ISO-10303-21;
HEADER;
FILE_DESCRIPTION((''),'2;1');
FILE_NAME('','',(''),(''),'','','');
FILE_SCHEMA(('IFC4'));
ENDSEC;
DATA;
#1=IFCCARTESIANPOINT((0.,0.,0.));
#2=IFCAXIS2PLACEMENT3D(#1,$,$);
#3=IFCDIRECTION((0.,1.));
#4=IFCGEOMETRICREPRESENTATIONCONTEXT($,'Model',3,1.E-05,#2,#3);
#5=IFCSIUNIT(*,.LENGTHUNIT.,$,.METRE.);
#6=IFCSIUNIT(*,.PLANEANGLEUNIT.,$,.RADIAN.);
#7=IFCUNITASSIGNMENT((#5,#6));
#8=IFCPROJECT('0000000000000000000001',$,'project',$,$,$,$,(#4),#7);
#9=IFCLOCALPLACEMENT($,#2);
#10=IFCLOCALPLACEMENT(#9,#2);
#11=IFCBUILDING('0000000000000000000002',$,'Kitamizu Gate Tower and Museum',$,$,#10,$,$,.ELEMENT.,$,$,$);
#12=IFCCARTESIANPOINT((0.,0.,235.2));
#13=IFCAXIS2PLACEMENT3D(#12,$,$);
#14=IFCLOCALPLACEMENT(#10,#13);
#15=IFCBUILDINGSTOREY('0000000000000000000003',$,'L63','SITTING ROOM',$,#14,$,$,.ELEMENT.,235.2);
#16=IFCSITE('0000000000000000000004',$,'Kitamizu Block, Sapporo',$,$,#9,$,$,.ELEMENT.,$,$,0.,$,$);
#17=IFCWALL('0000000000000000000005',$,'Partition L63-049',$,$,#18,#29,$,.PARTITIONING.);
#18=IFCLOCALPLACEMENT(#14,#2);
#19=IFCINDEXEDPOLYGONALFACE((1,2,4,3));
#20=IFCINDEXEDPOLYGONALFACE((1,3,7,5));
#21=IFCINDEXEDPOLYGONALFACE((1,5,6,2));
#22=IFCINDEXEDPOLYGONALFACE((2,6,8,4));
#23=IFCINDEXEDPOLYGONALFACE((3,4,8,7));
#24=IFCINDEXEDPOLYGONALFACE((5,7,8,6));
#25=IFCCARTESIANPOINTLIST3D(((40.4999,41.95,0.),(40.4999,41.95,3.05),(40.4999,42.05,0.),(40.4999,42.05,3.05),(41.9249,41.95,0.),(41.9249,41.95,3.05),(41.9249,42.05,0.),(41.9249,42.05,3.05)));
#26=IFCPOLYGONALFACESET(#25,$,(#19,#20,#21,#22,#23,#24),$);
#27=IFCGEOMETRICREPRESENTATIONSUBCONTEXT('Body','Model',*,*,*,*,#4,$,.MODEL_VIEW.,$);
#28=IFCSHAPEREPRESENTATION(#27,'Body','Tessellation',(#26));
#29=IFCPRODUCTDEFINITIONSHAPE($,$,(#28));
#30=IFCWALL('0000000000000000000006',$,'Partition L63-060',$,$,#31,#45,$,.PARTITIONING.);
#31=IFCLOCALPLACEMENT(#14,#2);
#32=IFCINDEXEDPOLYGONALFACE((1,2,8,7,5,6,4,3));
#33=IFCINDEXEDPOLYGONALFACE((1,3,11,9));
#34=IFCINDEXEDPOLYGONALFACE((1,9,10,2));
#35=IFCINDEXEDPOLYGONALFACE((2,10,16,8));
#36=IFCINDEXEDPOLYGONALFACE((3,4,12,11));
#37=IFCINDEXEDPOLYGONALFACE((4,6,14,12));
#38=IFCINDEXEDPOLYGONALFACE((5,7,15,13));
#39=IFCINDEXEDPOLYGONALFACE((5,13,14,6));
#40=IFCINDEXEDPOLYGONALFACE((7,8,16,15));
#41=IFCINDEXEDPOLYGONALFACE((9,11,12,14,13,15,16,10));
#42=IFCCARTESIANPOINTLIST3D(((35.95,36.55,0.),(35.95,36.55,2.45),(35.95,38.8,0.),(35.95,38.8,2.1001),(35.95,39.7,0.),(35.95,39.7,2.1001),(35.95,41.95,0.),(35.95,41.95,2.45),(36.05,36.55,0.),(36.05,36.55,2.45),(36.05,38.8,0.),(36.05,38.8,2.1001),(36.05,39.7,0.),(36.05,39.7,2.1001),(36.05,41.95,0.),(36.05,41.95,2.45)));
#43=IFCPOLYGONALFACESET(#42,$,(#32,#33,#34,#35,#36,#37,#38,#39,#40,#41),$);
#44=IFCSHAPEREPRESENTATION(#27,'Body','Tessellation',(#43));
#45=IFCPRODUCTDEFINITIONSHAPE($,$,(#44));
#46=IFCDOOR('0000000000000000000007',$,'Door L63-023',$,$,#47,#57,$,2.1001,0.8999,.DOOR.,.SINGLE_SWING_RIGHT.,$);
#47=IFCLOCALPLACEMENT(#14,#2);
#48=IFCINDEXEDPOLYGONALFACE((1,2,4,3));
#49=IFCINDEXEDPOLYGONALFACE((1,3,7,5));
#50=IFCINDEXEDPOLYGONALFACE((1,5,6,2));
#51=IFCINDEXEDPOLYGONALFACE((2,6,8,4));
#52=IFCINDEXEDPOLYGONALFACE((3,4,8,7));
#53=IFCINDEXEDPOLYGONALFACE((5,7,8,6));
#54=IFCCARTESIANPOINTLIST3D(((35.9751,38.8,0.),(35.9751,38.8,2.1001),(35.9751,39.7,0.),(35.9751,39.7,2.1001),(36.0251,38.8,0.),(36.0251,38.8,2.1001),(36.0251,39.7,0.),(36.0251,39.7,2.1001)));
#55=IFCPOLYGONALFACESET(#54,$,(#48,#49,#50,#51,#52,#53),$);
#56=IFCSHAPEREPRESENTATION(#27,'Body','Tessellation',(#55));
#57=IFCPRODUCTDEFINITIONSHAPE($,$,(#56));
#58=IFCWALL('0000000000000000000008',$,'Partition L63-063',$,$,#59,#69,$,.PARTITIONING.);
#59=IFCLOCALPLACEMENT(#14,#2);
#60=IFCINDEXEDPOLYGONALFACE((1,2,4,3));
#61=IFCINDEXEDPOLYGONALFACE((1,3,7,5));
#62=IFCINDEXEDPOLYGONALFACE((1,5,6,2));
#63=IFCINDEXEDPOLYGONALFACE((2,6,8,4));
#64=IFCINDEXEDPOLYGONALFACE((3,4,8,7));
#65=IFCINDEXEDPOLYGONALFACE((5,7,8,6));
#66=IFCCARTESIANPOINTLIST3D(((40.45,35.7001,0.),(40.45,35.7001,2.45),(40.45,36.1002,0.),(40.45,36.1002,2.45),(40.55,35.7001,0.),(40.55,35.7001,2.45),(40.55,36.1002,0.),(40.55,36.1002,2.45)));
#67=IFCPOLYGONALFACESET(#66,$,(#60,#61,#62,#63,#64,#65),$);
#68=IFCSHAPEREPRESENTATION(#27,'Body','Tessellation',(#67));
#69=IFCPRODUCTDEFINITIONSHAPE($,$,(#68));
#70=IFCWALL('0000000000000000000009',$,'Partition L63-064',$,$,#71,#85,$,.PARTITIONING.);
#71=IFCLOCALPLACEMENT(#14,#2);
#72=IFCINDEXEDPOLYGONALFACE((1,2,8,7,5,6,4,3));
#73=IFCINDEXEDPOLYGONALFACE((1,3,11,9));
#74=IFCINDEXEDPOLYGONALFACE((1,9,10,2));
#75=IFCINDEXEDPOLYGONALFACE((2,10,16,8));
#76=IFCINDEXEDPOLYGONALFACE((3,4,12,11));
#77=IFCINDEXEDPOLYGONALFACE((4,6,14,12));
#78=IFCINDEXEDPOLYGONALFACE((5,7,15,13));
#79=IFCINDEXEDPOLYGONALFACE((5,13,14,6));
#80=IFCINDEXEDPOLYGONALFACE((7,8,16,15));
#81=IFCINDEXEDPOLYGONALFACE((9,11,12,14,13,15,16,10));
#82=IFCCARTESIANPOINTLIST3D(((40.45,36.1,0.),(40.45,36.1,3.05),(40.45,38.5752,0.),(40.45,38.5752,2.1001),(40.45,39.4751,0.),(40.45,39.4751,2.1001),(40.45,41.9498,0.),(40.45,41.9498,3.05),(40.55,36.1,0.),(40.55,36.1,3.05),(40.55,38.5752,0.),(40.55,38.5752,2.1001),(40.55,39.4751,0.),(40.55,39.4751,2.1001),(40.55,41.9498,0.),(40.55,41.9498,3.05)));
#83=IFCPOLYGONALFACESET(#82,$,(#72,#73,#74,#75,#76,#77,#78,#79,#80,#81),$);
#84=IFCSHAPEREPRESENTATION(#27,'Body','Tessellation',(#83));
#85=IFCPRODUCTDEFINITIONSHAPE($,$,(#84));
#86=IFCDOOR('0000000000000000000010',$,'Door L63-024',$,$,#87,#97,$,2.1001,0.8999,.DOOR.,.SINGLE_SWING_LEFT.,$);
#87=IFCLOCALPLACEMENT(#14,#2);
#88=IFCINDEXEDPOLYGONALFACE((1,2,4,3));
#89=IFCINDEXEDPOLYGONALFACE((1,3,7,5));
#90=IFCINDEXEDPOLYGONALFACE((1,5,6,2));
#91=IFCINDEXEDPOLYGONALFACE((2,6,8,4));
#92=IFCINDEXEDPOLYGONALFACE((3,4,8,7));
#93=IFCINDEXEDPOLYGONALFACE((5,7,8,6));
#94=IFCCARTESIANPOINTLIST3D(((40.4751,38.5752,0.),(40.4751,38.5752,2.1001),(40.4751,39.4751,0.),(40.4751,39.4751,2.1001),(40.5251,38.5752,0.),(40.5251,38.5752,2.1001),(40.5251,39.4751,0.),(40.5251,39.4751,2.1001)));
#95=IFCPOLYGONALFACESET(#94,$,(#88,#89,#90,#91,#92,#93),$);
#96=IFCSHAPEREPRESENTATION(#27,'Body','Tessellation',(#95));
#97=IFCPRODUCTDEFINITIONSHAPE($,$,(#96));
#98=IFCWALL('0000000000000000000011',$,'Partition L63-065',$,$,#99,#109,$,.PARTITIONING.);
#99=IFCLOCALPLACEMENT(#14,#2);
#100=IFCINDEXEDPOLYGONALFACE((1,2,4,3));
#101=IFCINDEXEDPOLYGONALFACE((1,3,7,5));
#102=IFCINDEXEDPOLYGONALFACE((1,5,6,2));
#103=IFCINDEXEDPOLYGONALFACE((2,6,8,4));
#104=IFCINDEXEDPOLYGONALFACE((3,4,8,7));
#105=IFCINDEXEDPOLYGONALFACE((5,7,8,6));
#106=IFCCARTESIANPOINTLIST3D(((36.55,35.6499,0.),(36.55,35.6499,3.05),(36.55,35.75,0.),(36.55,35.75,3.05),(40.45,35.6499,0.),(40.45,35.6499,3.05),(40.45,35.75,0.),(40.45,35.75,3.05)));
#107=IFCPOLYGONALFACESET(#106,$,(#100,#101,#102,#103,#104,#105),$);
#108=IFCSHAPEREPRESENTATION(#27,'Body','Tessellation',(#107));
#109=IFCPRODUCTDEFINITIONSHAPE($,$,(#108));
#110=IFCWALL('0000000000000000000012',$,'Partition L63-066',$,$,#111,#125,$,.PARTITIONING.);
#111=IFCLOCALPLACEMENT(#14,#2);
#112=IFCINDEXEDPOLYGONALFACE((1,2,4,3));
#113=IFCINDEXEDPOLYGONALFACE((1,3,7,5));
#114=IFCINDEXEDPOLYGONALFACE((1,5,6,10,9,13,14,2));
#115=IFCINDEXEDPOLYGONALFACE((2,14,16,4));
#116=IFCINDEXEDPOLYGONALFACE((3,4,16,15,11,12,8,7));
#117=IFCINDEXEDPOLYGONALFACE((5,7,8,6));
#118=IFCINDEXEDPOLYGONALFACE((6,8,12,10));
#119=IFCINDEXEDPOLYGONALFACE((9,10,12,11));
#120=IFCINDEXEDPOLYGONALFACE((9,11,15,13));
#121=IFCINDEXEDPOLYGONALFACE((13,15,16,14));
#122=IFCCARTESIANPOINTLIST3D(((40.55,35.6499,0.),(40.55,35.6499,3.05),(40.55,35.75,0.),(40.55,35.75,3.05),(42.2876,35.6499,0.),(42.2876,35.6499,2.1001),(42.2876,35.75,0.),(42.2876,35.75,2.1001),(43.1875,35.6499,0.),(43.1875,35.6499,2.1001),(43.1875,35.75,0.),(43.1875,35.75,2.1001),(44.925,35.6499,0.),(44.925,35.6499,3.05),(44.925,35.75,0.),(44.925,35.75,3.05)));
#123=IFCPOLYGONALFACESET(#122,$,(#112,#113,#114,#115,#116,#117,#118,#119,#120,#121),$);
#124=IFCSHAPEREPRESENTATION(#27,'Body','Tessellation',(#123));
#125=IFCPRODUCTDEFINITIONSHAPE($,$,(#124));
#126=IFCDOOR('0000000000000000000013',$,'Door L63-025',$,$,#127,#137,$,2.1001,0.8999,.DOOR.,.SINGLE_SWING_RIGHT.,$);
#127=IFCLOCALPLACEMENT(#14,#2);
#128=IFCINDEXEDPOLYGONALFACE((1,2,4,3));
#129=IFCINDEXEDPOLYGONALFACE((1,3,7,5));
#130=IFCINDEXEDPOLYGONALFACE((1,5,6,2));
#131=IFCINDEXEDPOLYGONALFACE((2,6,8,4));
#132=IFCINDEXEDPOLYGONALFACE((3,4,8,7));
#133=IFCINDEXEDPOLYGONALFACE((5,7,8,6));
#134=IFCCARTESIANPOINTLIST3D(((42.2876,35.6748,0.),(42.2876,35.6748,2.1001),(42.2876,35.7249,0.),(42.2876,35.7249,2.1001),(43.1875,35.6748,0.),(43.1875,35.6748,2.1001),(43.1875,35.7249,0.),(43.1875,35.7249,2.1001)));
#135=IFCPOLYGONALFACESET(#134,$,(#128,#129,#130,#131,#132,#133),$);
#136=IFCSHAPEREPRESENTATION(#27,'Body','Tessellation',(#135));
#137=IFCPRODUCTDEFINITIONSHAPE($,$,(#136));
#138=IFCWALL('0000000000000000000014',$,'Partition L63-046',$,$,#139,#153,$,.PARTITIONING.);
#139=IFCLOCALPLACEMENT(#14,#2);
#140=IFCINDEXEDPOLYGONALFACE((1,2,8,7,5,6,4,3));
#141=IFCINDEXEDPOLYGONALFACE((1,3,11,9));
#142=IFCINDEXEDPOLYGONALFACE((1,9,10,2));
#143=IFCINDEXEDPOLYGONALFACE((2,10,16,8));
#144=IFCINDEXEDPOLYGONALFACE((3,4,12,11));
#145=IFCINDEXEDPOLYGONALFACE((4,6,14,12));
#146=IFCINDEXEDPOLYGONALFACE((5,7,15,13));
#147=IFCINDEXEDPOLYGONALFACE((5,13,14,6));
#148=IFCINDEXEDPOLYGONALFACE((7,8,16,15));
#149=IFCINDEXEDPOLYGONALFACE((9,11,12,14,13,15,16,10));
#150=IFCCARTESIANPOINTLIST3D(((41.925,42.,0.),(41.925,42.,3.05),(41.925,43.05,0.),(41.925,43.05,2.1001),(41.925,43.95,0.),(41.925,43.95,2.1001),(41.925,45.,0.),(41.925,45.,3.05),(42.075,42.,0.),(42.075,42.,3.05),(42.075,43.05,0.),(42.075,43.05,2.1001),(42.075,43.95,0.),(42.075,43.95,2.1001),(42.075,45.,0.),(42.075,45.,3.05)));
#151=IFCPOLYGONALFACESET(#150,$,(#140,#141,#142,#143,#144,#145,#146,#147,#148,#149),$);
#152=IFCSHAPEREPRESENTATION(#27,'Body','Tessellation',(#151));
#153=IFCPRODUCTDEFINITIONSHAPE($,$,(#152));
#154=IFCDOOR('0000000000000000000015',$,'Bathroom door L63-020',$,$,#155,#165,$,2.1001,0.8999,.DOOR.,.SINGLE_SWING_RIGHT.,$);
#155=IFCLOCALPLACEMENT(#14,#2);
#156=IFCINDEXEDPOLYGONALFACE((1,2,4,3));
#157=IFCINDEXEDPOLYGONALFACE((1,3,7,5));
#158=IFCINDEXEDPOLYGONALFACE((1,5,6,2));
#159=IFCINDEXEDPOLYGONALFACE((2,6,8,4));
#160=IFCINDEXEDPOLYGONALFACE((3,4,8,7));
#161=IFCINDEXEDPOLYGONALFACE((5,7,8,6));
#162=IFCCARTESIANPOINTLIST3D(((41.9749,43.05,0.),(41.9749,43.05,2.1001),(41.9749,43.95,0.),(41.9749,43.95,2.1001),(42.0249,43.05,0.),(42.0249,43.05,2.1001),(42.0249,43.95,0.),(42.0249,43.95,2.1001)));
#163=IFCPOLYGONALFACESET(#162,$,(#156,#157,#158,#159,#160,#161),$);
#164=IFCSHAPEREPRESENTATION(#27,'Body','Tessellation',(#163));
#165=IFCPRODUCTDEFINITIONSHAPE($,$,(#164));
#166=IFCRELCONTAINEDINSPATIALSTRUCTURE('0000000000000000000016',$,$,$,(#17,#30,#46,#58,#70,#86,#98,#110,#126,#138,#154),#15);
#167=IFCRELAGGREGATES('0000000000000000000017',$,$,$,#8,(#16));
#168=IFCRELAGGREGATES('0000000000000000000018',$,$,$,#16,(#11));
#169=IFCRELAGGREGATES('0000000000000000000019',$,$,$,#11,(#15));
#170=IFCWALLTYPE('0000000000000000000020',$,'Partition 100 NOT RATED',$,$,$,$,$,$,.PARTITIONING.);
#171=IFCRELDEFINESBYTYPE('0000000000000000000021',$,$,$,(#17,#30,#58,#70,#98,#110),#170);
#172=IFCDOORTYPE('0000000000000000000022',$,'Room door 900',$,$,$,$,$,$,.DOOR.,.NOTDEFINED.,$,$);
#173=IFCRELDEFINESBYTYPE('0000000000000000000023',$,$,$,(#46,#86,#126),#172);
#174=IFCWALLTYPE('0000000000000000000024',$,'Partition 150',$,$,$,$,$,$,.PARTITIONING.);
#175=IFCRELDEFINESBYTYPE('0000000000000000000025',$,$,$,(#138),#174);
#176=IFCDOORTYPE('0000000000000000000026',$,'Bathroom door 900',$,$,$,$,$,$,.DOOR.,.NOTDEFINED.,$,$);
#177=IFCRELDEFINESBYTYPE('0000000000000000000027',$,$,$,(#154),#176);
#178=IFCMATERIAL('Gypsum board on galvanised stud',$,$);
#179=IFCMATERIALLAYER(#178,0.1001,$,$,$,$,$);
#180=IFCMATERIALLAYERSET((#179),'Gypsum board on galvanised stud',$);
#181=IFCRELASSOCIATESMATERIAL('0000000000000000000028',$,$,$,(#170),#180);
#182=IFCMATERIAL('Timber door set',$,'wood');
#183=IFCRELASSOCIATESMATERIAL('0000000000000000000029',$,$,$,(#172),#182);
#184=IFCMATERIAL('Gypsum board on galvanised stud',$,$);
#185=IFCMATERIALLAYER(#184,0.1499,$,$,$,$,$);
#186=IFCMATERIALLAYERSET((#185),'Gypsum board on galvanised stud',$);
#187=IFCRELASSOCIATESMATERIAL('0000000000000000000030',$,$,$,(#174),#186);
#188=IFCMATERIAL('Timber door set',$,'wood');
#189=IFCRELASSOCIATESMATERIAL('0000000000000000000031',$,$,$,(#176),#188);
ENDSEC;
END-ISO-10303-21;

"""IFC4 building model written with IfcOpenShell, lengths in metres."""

from ifc_helpers import new_model, si_unit, direction, frame, frame_2d, origin, place, context, subcontext, project, spatial, rectangle, extrude, material, layer, layer_set, type_object, element, fill, save


model = new_model("IFC4")

# Units and contexts
model_context = context("Model", 3, precision=1e-05, world=origin(), true_north=direction((0.0, 1.0)))
body_context = subcontext(model_context, "Body", "Model", "MODEL_VIEW")
ifc_project = project(units=[si_unit("LENGTHUNIT", "METRE"), si_unit("PLANEANGLEUNIT", "RADIAN")], contexts=[model_context])

# Site, building, storey
site_placement = place(None, origin())
site = spatial("IfcSite", under=ifc_project, at=site_placement, Name="Kitamizu Block, Sapporo", CompositionType="ELEMENT", RefElevation=0.0)
building_placement = place(site_placement, origin())
building = spatial("IfcBuilding", under=site, at=building_placement, Name="Kitamizu Gate Tower and Museum", CompositionType="ELEMENT")
storey_placement = place(building_placement, frame((0.0, 0.0, 235.2)))
storey = spatial("IfcBuildingStorey", under=building, at=storey_placement, Name="L63", Description="SITTING ROOM", CompositionType="ELEMENT", Elevation=235.2)

# Shared definitions
ifc_material_1 = material(Name="Gypsum board on galvanised stud")
ifc_layer_1 = layer(ifc_material_1, 0.1001)
ifc_layer_set_1 = layer_set([ifc_layer_1], Name="Gypsum board on galvanised stud")
wall_type_1 = type_object("IfcWallType", Name="Partition 100 NOT RATED", PredefinedType="PARTITIONING", material=ifc_layer_set_1)
ifc_material_2 = material(Name="Timber door set", Category="wood")
door_type_1 = type_object("IfcDoorType", Name="Room door 900", OperationType="NOTDEFINED", PredefinedType="DOOR", material=ifc_material_2)

# Wall
wall_1_placement = place(storey_placement, frame((40.5, 42.0, 0.0), z_axis=(0.0, 0.0, 1.0), x_axis=(1.0, 0.0, 0.0)))
element("IfcWall", 1, at=wall_1_placement, inside=storey, type_object=wall_type_1, Name="Partition L63-049", PredefinedType="PARTITIONING", context=body_context, shape_type="SweptSolid", body=[
    extrude(rectangle(XDim=1.425, YDim=0.1001, at=frame_2d((0.7124, 0.0))), origin(), (0.0, 0.0, 1.0), 3.05),
])

# Wall, opening, door
wall_2_placement = place(storey_placement, frame((36.0, 36.55, 0.0), z_axis=(0.0, 0.0, 1.0), x_axis=(0.0, 1.0, 0.0)))
wall_2 = element("IfcWall", 2, at=wall_2_placement, inside=storey, type_object=wall_type_1, Name="Partition L63-060", PredefinedType="PARTITIONING", context=body_context, shape_type="SweptSolid", body=[
    extrude(rectangle(XDim=5.3999, YDim=0.1001, at=frame_2d((2.7, 0.0))), origin(), (0.0, 0.0, 1.0), 2.45),
])
opening_1_placement = place(wall_2_placement, frame((2.25, 0.0, 0.0)))
opening_1 = element("IfcOpeningElement", 3, at=opening_1_placement, cuts=wall_2, PredefinedType="OPENING", context=body_context, shape_type="SweptSolid", body=[
    extrude(rectangle(XDim=0.8999, YDim=2.1001, at=frame_2d((0.45, 1.05))), frame((0.0, 0.0601, 0.0), z_axis=(0.0, -1.0, 0.0), x_axis=(1.0, 0.0, 0.0)), (0.0, 0.0, 1.0), 0.1201),
])
door_1_placement = place(opening_1_placement, origin())
door_1 = element("IfcDoor", 4, at=door_1_placement, inside=storey, type_object=door_type_1, Name="Door L63-023", OperationType="SINGLE_SWING_RIGHT", OverallHeight=2.1001, OverallWidth=0.8999, PredefinedType="DOOR", context=body_context, shape_type="SweptSolid", body=[
    extrude(rectangle(XDim=0.8999, YDim=2.1001, at=frame_2d((0.45, 1.05))), frame((0.0, 0.0249, 0.0), z_axis=(0.0, -1.0, 0.0), x_axis=(1.0, 0.0, 0.0)), (0.0, 0.0, 1.0), 0.05),
])
fill(opening_1, door_1)

# Wall
wall_3_placement = place(storey_placement, frame((40.5, 35.7, 0.0), z_axis=(0.0, 0.0, 1.0), x_axis=(0.0, 1.0, 0.0)))
element("IfcWall", 5, at=wall_3_placement, inside=storey, type_object=wall_type_1, Name="Partition L63-063", PredefinedType="PARTITIONING", context=body_context, shape_type="SweptSolid", body=[
    extrude(rectangle(XDim=0.4001, YDim=0.1001, at=frame_2d((0.2002, 0.0))), origin(), (0.0, 0.0, 1.0), 2.45),
])

# Wall, opening, door
wall_4_placement = place(storey_placement, frame((40.5, 36.1001, 0.0), z_axis=(0.0, 0.0, 1.0), x_axis=(0.0, 1.0, 0.0)))
wall_4 = element("IfcWall", 6, at=wall_4_placement, inside=storey, type_object=wall_type_1, Name="Partition L63-064", PredefinedType="PARTITIONING", context=body_context, shape_type="SweptSolid", body=[
    extrude(rectangle(XDim=5.8499, YDim=0.1001, at=frame_2d((2.9248, 0.0))), origin(), (0.0, 0.0, 1.0), 3.05),
])
opening_2_placement = place(wall_4_placement, frame((2.4751, 0.0, 0.0)))
opening_2 = element("IfcOpeningElement", 7, at=opening_2_placement, cuts=wall_4, PredefinedType="OPENING", context=body_context, shape_type="SweptSolid", body=[
    extrude(rectangle(XDim=0.8999, YDim=2.1001, at=frame_2d((0.45, 1.05))), frame((0.0, 0.0601, 0.0), z_axis=(0.0, -1.0, 0.0), x_axis=(1.0, 0.0, 0.0)), (0.0, 0.0, 1.0), 0.1201),
])
door_2_placement = place(opening_2_placement, origin())
door_2 = element("IfcDoor", 8, at=door_2_placement, inside=storey, type_object=door_type_1, Name="Door L63-024", OperationType="SINGLE_SWING_LEFT", OverallHeight=2.1001, OverallWidth=0.8999, PredefinedType="DOOR", context=body_context, shape_type="SweptSolid", body=[
    extrude(rectangle(XDim=0.8999, YDim=2.1001, at=frame_2d((0.45, 1.05))), frame((0.0, 0.0249, 0.0), z_axis=(0.0, -1.0, 0.0), x_axis=(1.0, 0.0, 0.0)), (0.0, 0.0, 1.0), 0.05),
])
fill(opening_2, door_2)

# Wall
wall_5_placement = place(storey_placement, frame((36.55, 35.7, 0.0), z_axis=(0.0, 0.0, 1.0), x_axis=(1.0, 0.0, 0.0)))
element("IfcWall", 9, at=wall_5_placement, inside=storey, type_object=wall_type_1, Name="Partition L63-065", PredefinedType="PARTITIONING", context=body_context, shape_type="SweptSolid", body=[
    extrude(rectangle(XDim=3.8999, YDim=0.1001, at=frame_2d((1.95, 0.0))), origin(), (0.0, 0.0, 1.0), 3.05),
])

# Walls, openings, doors
wall_6_placement = place(storey_placement, frame((40.55, 35.7, 0.0), z_axis=(0.0, 0.0, 1.0), x_axis=(1.0, 0.0, 0.0)))
wall_6 = element("IfcWall", 10, at=wall_6_placement, inside=storey, type_object=wall_type_1, Name="Partition L63-066", PredefinedType="PARTITIONING", context=body_context, shape_type="SweptSolid", body=[
    extrude(rectangle(XDim=4.375, YDim=0.1001, at=frame_2d((2.1875, 0.0))), origin(), (0.0, 0.0, 1.0), 3.05),
])
opening_3_placement = place(wall_6_placement, frame((1.7375, 0.0, 0.0)))
opening_3 = element("IfcOpeningElement", 11, at=opening_3_placement, cuts=wall_6, PredefinedType="OPENING", context=body_context, shape_type="SweptSolid", body=[
    extrude(rectangle(XDim=0.8999, YDim=2.1001, at=frame_2d((0.45, 1.05))), frame((0.0, 0.0601, 0.0), z_axis=(0.0, -1.0, 0.0), x_axis=(1.0, 0.0, 0.0)), (0.0, 0.0, 1.0), 0.1201),
])
door_3_placement = place(opening_3_placement, origin())
door_3 = element("IfcDoor", 12, at=door_3_placement, inside=storey, type_object=door_type_1, Name="Door L63-025", OperationType="SINGLE_SWING_RIGHT", OverallHeight=2.1001, OverallWidth=0.8999, PredefinedType="DOOR", context=body_context, shape_type="SweptSolid", body=[
    extrude(rectangle(XDim=0.8999, YDim=2.1001, at=frame_2d((0.45, 1.05))), frame((0.0, 0.0249, 0.0), z_axis=(0.0, -1.0, 0.0), x_axis=(1.0, 0.0, 0.0)), (0.0, 0.0, 1.0), 0.05),
])
fill(opening_3, door_3)
ifc_material_3 = material(Name="Gypsum board on galvanised stud")
ifc_layer_2 = layer(ifc_material_3, 0.1499)
ifc_layer_set_2 = layer_set([ifc_layer_2], Name="Gypsum board on galvanised stud")
wall_type_2 = type_object("IfcWallType", Name="Partition 150", PredefinedType="PARTITIONING", material=ifc_layer_set_2)
wall_7_placement = place(storey_placement, frame((42.0, 42.0, 0.0), z_axis=(0.0, 0.0, 1.0), x_axis=(0.0, 1.0, 0.0)))
wall_7 = element("IfcWall", 13, at=wall_7_placement, inside=storey, type_object=wall_type_2, Name="Partition L63-046", PredefinedType="PARTITIONING", context=body_context, shape_type="SweptSolid", body=[
    extrude(rectangle(XDim=3.0, YDim=0.1499, at=frame_2d((1.5, 0.0))), origin(), (0.0, 0.0, 1.0), 3.05),
])
opening_4_placement = place(wall_7_placement, frame((1.05, 0.0, 0.0)))
opening_4 = element("IfcOpeningElement", 14, at=opening_4_placement, cuts=wall_7, PredefinedType="OPENING", context=body_context, shape_type="SweptSolid", body=[
    extrude(rectangle(XDim=0.8999, YDim=2.1001, at=frame_2d((0.45, 1.05))), frame((0.0, 0.085, 0.0), z_axis=(0.0, -1.0, 0.0), x_axis=(1.0, 0.0, 0.0)), (0.0, 0.0, 1.0), 0.1699),
])
ifc_material_4 = material(Name="Timber door set", Category="wood")
door_type_2 = type_object("IfcDoorType", Name="Bathroom door 900", OperationType="NOTDEFINED", PredefinedType="DOOR", material=ifc_material_4)
door_4_placement = place(opening_4_placement, frame((0.8999, 0.0, 0.0), x_axis=(-1.0, 0.0, 0.0)))
door_4 = element("IfcDoor", 15, at=door_4_placement, inside=storey, type_object=door_type_2, Name="Bathroom door L63-020", OperationType="SINGLE_SWING_RIGHT", OverallHeight=2.1001, OverallWidth=0.8999, PredefinedType="DOOR", context=body_context, shape_type="SweptSolid", body=[
    extrude(rectangle(XDim=0.8999, YDim=2.1001, at=frame_2d((0.45, 1.05))), frame((0.0, 0.0249, 0.0), z_axis=(0.0, -1.0, 0.0), x_axis=(1.0, 0.0, 0.0)), (0.0, 0.0, 1.0), 0.05),
])
fill(opening_4, door_4)

save(model, "model.ifc")
